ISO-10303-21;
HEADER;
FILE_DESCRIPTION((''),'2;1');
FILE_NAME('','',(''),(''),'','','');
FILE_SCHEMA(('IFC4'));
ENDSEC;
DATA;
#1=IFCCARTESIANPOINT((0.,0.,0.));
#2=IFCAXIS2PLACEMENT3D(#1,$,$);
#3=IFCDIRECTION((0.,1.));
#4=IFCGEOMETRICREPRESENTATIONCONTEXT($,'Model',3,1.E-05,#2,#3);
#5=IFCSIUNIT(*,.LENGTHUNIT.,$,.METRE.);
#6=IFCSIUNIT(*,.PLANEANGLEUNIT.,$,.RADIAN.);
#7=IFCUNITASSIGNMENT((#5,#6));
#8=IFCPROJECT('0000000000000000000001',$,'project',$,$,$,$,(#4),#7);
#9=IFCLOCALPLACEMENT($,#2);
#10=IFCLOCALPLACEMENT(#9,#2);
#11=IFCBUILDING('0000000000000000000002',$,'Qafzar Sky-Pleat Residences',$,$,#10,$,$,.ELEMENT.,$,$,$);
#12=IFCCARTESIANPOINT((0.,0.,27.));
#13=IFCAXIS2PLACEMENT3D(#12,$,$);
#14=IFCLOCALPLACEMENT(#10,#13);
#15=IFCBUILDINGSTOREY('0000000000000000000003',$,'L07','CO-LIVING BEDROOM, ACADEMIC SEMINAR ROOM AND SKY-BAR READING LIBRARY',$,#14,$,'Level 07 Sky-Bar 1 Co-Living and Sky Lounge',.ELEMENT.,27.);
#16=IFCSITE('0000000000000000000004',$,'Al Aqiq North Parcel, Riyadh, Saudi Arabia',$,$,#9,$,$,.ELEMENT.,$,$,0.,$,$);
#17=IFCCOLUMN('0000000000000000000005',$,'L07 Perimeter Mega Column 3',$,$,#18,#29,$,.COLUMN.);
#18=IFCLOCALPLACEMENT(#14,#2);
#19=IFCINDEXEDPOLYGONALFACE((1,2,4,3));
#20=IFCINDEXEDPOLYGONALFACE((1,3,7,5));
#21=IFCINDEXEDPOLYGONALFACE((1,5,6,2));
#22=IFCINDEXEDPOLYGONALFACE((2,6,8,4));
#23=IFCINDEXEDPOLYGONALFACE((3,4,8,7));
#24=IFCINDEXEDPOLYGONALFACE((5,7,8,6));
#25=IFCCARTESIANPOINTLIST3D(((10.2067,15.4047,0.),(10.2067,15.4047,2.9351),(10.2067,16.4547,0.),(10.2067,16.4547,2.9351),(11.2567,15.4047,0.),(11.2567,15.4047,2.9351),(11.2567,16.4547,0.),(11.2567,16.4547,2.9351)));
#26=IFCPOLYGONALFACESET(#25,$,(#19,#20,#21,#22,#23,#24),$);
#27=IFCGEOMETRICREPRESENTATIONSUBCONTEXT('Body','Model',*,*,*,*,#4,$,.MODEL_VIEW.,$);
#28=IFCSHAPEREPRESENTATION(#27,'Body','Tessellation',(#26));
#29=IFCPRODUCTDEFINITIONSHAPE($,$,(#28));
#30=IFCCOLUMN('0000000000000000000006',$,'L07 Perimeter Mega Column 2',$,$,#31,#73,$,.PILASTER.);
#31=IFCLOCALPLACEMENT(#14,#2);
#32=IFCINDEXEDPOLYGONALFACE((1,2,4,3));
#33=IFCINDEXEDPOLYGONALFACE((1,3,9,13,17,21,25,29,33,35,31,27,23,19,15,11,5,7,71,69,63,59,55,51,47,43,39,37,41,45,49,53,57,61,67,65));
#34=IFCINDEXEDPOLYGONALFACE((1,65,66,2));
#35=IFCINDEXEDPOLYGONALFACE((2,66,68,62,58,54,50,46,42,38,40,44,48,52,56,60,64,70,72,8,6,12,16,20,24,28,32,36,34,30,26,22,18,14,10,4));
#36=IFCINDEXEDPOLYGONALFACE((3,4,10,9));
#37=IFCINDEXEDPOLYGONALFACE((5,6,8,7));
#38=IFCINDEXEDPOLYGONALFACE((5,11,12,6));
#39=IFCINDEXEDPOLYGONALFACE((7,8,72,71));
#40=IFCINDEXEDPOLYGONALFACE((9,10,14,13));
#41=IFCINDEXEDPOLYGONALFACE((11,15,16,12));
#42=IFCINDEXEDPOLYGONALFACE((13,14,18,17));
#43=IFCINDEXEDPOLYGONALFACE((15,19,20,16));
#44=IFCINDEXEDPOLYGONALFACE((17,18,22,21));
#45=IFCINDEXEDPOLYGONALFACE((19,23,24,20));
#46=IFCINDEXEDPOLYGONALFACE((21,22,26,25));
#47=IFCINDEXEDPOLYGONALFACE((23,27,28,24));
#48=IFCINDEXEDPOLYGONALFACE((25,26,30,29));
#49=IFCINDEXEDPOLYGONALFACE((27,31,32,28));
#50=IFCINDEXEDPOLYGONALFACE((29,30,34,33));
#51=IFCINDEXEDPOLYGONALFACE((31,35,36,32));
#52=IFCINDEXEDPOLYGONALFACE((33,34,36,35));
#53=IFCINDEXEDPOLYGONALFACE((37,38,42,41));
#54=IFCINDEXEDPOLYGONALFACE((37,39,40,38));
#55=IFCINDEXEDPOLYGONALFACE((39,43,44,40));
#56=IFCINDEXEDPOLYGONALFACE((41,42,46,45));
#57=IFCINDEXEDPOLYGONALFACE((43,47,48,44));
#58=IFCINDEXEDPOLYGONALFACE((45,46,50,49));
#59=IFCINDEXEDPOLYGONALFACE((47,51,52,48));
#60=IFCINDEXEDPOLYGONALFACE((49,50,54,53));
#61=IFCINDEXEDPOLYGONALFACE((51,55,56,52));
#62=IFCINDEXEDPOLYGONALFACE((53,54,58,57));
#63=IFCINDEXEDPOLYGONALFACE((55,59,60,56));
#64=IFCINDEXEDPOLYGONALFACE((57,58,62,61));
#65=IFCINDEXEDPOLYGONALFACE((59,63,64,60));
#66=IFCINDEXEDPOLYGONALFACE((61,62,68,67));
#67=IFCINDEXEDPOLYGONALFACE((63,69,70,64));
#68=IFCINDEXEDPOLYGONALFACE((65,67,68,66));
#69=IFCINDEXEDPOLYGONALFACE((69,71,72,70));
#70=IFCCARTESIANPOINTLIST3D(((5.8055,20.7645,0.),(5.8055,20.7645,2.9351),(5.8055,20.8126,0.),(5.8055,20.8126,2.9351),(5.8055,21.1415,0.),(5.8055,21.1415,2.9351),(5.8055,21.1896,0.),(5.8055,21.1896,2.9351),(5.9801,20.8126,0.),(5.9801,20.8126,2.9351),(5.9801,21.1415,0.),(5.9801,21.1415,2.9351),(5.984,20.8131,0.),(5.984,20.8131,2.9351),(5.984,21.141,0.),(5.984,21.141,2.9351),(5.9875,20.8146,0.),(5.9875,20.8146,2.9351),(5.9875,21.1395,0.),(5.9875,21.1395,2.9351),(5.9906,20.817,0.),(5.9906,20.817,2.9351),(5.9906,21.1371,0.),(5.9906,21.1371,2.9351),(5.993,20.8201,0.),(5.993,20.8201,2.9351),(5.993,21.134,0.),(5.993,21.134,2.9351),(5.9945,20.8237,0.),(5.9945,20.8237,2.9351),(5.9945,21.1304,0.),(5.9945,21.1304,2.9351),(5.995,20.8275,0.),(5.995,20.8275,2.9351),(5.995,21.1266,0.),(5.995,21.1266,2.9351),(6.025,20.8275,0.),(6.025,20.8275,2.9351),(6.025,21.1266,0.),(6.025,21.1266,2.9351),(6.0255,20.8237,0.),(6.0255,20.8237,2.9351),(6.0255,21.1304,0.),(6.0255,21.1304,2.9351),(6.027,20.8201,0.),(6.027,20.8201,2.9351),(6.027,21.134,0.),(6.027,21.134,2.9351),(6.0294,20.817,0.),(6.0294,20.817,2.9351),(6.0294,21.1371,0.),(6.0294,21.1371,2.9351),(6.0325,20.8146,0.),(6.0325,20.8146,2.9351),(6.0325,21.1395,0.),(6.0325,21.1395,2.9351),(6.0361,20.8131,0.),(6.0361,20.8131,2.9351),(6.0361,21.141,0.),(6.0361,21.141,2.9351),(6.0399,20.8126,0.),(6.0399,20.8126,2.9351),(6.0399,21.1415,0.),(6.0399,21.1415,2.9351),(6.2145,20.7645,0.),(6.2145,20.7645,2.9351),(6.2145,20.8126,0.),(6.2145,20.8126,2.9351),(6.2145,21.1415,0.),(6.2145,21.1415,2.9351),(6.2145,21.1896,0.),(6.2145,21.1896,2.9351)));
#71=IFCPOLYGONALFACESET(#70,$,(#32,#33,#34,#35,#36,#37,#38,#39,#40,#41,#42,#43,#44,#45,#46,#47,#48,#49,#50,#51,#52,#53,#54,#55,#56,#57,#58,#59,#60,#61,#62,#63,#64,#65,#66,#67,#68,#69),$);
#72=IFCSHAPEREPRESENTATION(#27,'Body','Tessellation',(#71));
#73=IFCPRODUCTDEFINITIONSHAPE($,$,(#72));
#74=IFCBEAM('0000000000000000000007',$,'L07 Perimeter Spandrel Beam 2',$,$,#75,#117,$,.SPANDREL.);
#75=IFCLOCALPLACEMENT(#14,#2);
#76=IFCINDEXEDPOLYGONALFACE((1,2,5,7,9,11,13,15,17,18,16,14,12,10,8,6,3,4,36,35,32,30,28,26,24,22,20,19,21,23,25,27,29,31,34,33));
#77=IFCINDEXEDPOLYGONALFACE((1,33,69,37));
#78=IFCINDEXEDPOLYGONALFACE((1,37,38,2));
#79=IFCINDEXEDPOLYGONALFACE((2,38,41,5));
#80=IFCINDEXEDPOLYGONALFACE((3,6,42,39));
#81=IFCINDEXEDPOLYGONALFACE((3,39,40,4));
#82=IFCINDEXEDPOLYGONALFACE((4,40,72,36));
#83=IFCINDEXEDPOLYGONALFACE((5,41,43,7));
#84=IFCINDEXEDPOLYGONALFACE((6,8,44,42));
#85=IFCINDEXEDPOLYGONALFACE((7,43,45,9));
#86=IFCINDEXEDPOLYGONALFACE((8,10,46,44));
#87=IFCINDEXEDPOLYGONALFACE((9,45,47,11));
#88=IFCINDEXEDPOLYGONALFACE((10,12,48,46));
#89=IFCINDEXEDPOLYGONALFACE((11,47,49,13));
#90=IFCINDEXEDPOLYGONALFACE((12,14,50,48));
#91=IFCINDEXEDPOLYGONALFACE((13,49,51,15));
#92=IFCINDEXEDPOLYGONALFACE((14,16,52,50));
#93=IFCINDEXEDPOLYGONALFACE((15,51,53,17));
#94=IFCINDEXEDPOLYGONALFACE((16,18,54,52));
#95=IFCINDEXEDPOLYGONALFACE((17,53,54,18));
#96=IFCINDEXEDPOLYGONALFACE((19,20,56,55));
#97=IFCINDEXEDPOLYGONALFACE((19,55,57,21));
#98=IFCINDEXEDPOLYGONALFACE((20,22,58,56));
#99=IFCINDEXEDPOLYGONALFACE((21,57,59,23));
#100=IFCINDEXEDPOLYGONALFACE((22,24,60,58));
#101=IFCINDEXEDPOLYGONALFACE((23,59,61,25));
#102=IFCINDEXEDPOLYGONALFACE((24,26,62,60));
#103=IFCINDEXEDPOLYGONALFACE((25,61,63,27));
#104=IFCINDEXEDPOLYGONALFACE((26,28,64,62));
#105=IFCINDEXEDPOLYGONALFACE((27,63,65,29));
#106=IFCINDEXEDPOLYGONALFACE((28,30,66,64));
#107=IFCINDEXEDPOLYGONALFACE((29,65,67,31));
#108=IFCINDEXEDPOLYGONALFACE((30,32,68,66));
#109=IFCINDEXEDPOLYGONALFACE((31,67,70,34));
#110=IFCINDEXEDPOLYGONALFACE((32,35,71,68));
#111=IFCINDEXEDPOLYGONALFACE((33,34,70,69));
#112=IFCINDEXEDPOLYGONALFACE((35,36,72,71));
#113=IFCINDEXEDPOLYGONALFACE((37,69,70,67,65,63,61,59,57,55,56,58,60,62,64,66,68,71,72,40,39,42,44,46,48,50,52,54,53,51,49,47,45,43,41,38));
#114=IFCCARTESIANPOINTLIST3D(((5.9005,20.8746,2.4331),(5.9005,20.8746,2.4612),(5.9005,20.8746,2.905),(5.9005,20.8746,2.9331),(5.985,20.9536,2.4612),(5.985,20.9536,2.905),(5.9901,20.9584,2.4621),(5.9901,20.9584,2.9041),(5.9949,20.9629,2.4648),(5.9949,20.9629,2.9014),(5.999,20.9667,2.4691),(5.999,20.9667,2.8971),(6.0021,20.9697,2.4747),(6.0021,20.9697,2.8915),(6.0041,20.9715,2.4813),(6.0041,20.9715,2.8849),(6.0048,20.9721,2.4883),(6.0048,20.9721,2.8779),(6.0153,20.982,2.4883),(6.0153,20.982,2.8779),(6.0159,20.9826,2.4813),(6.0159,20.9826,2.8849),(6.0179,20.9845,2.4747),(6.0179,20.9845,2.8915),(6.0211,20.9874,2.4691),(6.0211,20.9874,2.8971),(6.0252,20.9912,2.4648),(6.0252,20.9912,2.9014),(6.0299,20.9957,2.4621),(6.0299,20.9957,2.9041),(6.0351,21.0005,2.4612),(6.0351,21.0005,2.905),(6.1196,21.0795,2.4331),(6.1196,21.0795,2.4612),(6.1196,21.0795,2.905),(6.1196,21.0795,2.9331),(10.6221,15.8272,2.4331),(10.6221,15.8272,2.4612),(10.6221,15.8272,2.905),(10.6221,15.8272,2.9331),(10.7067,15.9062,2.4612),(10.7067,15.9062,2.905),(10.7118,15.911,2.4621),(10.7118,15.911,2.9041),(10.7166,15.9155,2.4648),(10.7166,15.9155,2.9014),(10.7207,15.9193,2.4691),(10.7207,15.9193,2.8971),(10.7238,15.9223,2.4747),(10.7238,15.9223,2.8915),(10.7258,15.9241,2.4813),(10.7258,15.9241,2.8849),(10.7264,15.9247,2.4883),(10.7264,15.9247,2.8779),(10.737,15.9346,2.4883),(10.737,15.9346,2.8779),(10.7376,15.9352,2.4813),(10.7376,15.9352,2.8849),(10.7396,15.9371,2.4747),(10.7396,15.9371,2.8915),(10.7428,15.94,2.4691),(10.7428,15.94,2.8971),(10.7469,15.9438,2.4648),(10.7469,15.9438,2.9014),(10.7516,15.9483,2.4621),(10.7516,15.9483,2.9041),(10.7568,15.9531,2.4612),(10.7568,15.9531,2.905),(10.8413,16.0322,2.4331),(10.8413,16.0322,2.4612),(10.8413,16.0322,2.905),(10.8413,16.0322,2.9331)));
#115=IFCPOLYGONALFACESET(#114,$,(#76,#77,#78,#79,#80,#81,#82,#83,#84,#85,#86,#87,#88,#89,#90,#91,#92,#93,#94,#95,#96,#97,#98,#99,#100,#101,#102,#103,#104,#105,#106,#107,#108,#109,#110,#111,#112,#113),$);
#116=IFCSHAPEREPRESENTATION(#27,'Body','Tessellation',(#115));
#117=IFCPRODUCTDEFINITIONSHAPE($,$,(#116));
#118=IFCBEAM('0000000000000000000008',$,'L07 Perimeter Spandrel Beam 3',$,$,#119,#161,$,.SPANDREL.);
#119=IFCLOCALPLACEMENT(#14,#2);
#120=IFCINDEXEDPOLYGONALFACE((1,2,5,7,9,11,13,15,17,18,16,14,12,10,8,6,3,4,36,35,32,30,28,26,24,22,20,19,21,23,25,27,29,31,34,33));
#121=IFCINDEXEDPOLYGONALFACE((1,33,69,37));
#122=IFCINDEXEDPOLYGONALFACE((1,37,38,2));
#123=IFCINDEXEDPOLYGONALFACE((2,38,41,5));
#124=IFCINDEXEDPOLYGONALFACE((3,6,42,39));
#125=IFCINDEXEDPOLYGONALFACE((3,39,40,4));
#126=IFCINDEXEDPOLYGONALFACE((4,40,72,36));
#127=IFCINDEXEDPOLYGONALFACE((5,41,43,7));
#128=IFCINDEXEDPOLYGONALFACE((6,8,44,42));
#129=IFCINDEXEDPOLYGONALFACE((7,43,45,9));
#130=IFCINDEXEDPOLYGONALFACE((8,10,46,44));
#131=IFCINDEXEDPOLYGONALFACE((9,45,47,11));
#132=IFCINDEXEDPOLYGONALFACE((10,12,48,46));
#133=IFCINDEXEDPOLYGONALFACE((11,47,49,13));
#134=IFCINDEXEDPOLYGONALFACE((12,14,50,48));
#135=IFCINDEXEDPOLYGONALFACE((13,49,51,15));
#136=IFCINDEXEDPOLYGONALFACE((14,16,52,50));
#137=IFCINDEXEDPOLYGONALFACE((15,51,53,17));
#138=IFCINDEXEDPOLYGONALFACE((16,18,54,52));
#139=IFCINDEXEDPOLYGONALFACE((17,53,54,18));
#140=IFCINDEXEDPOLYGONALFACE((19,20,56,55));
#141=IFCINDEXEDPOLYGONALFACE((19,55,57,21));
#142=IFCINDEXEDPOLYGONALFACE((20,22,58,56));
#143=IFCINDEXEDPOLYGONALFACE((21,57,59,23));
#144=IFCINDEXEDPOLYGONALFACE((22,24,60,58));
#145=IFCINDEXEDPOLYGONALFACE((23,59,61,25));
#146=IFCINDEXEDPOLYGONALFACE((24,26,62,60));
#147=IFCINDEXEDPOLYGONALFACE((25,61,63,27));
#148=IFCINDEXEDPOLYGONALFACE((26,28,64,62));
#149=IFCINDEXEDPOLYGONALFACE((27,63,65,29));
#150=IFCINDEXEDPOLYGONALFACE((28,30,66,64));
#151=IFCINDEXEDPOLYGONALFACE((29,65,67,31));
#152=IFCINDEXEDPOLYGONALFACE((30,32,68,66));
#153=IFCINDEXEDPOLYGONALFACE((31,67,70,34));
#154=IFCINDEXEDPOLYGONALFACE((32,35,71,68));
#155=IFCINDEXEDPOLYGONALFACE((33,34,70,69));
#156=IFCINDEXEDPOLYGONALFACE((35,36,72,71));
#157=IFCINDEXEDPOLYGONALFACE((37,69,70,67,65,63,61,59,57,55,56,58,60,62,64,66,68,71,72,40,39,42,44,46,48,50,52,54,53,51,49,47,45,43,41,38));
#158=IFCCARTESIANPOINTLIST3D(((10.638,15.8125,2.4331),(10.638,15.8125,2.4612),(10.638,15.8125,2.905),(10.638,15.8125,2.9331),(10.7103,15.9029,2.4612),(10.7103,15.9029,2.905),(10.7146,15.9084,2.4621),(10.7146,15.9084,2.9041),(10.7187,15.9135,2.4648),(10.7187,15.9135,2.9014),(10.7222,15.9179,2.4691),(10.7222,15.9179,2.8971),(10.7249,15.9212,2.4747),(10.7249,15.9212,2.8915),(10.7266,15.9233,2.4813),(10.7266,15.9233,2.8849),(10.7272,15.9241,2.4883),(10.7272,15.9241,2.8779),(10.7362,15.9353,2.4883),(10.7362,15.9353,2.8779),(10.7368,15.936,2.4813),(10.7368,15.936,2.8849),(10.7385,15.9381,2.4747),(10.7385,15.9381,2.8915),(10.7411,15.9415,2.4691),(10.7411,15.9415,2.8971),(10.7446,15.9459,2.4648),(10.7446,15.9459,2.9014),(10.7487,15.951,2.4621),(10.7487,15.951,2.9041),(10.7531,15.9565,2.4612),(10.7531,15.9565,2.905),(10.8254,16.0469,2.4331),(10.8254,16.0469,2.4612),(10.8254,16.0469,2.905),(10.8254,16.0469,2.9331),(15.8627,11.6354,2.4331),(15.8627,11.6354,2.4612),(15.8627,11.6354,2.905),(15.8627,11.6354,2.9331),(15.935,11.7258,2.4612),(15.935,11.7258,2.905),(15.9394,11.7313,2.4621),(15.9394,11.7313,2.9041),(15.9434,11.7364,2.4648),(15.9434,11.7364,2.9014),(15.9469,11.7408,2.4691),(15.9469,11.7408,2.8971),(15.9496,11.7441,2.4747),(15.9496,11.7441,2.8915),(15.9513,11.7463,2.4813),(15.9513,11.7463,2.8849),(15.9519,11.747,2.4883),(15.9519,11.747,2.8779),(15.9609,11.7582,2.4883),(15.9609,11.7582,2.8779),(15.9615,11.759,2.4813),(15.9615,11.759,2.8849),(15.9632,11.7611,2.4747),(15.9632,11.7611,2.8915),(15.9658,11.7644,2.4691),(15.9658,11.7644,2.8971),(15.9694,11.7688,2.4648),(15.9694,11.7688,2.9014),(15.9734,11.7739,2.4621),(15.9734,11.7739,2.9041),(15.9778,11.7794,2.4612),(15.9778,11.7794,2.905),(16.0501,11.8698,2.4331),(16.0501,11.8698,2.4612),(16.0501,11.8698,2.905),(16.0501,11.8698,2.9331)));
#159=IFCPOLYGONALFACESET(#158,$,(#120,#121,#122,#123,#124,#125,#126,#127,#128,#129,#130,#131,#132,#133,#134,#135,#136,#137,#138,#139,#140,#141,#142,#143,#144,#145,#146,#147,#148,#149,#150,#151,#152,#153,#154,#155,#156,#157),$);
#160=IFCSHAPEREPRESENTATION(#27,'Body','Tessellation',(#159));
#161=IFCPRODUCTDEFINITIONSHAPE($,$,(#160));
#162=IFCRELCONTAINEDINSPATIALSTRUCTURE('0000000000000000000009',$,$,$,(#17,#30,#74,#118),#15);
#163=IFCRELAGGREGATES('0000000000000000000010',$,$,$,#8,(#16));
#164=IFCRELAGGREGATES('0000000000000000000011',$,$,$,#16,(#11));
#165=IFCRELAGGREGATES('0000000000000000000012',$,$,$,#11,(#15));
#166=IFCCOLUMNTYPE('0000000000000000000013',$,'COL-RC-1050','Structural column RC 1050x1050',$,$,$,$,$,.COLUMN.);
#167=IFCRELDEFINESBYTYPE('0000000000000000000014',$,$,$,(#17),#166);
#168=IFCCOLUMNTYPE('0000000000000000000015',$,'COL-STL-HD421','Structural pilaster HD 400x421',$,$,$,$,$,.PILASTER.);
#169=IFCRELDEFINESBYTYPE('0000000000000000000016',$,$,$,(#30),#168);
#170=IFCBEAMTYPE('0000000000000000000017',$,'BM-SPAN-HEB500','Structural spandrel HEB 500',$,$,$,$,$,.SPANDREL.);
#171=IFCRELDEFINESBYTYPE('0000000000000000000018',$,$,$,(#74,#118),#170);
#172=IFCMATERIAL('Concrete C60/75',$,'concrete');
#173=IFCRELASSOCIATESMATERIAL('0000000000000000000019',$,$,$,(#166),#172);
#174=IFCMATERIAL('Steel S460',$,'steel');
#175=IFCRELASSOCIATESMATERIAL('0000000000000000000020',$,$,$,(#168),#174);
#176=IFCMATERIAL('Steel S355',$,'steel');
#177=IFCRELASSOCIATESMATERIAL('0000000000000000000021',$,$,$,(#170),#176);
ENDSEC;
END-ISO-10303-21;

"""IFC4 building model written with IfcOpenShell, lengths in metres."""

from ifc_helpers import new_model, si_unit, direction, frame, origin, origin_2d, place, context, subcontext, project, spatial, rectangle, i_section, extrude, source, transform, mapped, material, material_profile, profile_set, type_object, element, save


model = new_model("IFC4")

# Units and contexts
model_context = context("Model", 3, precision=1e-05, world=origin(), true_north=direction((0.0, 1.0)))
body_context = subcontext(model_context, "Body", "Model", "MODEL_VIEW")
ifc_project = project(units=[si_unit("LENGTHUNIT", "METRE"), si_unit("PLANEANGLEUNIT", "RADIAN")], contexts=[model_context])

# Site, building, storey
site_placement = place(None, origin())
site = spatial("IfcSite", under=ifc_project, at=site_placement, Name="Al Aqiq North Parcel, Riyadh, Saudi Arabia", CompositionType="ELEMENT", RefElevation=0.0)
building_placement = place(site_placement, origin())
building = spatial("IfcBuilding", under=site, at=building_placement, Name="Qafzar Sky-Pleat Residences", CompositionType="ELEMENT")
storey_placement = place(building_placement, frame((0.0, 0.0, 27.0)))
storey = spatial("IfcBuildingStorey", under=building, at=storey_placement, Name="L07", Description="CO-LIVING BEDROOM, ACADEMIC SEMINAR ROOM AND SKY-BAR READING LIBRARY", LongName="Level 07 Sky-Bar 1 Co-Living and Sky Lounge", CompositionType="ELEMENT", Elevation=27.0)

# Columns
ifc_material_1 = material(Name="Concrete C60/75", Category="concrete")
ifc_material_profile_1 = material_profile(ifc_material_1, rectangle(XDim=1.05, YDim=1.05, at=origin_2d()), Name="RC 1050x1050")
ifc_profile_set_1 = profile_set([ifc_material_profile_1], Name="Concrete C60/75")
column_type_1 = type_object("IfcColumnType", Name="COL-RC-1050", Description="Structural column RC 1050x1050", PredefinedType="COLUMN", material=ifc_profile_set_1)
shared_shape_1 = source(origin(), body_context, "Body", "SweptSolid", [
    extrude(rectangle(XDim=1.05, YDim=1.05, at=origin_2d()), origin(), (0.0, 0.0, 1.0), 2.9351),
])
column_1_placement = place(storey_placement, frame((10.7317, 15.9297, 0.0), z_axis=(0.0, 0.0, 1.0), x_axis=(1.0, 0.0, 0.0)))
element("IfcColumn", 1, at=column_1_placement, inside=storey, type_object=column_type_1, Name="L07 Perimeter Mega Column 3", PredefinedType="COLUMN", context=body_context, shape_type="MappedRepresentation", body=[
    mapped(shared_shape_1, transform((0.0, 0.0, 0.0), x_axis=(1.0, 0.0, 0.0), y_axis=(0.0, 1.0, 0.0), z_axis=(0.0, 0.0, 1.0), scale=1.0)),
])
ifc_material_2 = material(Name="Steel S460", Category="steel")
ifc_material_profile_2 = material_profile(ifc_material_2, i_section(OverallWidth=0.4089, OverallDepth=0.425, WebThickness=0.03, FlangeThickness=0.0481, FilletRadius=0.0149, at=origin_2d()), Name="HD 400x421")
ifc_profile_set_2 = profile_set([ifc_material_profile_2], Name="Steel S460")
column_type_2 = type_object("IfcColumnType", Name="COL-STL-HD421", Description="Structural pilaster HD 400x421", PredefinedType="PILASTER", material=ifc_profile_set_2)
shared_shape_2 = source(origin(), body_context, "Body", "SweptSolid", [
    extrude(i_section(OverallWidth=0.4089, OverallDepth=0.425, WebThickness=0.03, FlangeThickness=0.0481, FilletRadius=0.0149, at=origin_2d()), origin(), (0.0, 0.0, 1.0), 2.9351),
])
column_2_placement = place(storey_placement, frame((6.01, 20.9771, 0.0), z_axis=(0.0, 0.0, 1.0), x_axis=(1.0, 0.0, 0.0)))
element("IfcColumn", 2, at=column_2_placement, inside=storey, type_object=column_type_2, Name="L07 Perimeter Mega Column 2", PredefinedType="PILASTER", context=body_context, shape_type="MappedRepresentation", body=[
    mapped(shared_shape_2, transform((0.0, 0.0, 0.0), x_axis=(1.0, 0.0, 0.0), y_axis=(0.0, 1.0, 0.0), z_axis=(0.0, 0.0, 1.0), scale=1.0)),
])

# Beams
ifc_material_3 = material(Name="Steel S355", Category="steel")
ifc_material_profile_3 = material_profile(ifc_material_3, i_section(OverallWidth=0.3, OverallDepth=0.5, WebThickness=0.0144, FlangeThickness=0.0281, FilletRadius=0.0271, at=origin_2d()), Name="HEB 500")
ifc_profile_set_3 = profile_set([ifc_material_profile_3], Name="Steel S355")
beam_type_1 = type_object("IfcBeamType", Name="BM-SPAN-HEB500", Description="Structural spandrel HEB 500", PredefinedType="SPANDREL", material=ifc_profile_set_3)
shared_shape_3 = source(origin(), body_context, "Body", "SweptSolid", [
    extrude(i_section(OverallWidth=0.3, OverallDepth=0.5, WebThickness=0.0144, FlangeThickness=0.0281, FilletRadius=0.0271, at=origin_2d()), origin(), (0.0, 0.0, 1.0), 6.9116),
])
beam_1_placement = place(storey_placement, frame((6.01, 20.9771, 2.6831), z_axis=(0.683153, -0.730275, 0.0), x_axis=(0.730275, 0.683153, 0.0)))
element("IfcBeam", 3, at=beam_1_placement, inside=storey, type_object=beam_type_1, Name="L07 Perimeter Spandrel Beam 2", PredefinedType="SPANDREL", context=body_context, shape_type="MappedRepresentation", body=[
    mapped(shared_shape_3, transform((0.0, 0.0, 0.0), x_axis=(1.0, 0.0, 0.0), y_axis=(0.0, 1.0, 0.0), z_axis=(0.0, 0.0, 1.0), scale=1.0)),
])
shared_shape_4 = source(origin(), body_context, "Body", "SweptSolid", [
    extrude(i_section(OverallWidth=0.3, OverallDepth=0.5, WebThickness=0.0144, FlangeThickness=0.0281, FilletRadius=0.0271, at=origin_2d()), origin(), (0.0, 0.0, 1.0), 6.6892),
])
beam_2_placement = place(storey_placement, frame((10.7317, 15.9297, 2.6831), z_axis=(0.781065, -0.62445, 0.0), x_axis=(0.62445, 0.781065, 0.0)))
element("IfcBeam", 4, at=beam_2_placement, inside=storey, type_object=beam_type_1, Name="L07 Perimeter Spandrel Beam 3", PredefinedType="SPANDREL", context=body_context, shape_type="MappedRepresentation", body=[
    mapped(shared_shape_4, transform((0.0, 0.0, 0.0), x_axis=(1.0, 0.0, 0.0), y_axis=(0.0, 1.0, 0.0), z_axis=(0.0, 0.0, 1.0), scale=1.0)),
])

save(model, "model.ifc")
